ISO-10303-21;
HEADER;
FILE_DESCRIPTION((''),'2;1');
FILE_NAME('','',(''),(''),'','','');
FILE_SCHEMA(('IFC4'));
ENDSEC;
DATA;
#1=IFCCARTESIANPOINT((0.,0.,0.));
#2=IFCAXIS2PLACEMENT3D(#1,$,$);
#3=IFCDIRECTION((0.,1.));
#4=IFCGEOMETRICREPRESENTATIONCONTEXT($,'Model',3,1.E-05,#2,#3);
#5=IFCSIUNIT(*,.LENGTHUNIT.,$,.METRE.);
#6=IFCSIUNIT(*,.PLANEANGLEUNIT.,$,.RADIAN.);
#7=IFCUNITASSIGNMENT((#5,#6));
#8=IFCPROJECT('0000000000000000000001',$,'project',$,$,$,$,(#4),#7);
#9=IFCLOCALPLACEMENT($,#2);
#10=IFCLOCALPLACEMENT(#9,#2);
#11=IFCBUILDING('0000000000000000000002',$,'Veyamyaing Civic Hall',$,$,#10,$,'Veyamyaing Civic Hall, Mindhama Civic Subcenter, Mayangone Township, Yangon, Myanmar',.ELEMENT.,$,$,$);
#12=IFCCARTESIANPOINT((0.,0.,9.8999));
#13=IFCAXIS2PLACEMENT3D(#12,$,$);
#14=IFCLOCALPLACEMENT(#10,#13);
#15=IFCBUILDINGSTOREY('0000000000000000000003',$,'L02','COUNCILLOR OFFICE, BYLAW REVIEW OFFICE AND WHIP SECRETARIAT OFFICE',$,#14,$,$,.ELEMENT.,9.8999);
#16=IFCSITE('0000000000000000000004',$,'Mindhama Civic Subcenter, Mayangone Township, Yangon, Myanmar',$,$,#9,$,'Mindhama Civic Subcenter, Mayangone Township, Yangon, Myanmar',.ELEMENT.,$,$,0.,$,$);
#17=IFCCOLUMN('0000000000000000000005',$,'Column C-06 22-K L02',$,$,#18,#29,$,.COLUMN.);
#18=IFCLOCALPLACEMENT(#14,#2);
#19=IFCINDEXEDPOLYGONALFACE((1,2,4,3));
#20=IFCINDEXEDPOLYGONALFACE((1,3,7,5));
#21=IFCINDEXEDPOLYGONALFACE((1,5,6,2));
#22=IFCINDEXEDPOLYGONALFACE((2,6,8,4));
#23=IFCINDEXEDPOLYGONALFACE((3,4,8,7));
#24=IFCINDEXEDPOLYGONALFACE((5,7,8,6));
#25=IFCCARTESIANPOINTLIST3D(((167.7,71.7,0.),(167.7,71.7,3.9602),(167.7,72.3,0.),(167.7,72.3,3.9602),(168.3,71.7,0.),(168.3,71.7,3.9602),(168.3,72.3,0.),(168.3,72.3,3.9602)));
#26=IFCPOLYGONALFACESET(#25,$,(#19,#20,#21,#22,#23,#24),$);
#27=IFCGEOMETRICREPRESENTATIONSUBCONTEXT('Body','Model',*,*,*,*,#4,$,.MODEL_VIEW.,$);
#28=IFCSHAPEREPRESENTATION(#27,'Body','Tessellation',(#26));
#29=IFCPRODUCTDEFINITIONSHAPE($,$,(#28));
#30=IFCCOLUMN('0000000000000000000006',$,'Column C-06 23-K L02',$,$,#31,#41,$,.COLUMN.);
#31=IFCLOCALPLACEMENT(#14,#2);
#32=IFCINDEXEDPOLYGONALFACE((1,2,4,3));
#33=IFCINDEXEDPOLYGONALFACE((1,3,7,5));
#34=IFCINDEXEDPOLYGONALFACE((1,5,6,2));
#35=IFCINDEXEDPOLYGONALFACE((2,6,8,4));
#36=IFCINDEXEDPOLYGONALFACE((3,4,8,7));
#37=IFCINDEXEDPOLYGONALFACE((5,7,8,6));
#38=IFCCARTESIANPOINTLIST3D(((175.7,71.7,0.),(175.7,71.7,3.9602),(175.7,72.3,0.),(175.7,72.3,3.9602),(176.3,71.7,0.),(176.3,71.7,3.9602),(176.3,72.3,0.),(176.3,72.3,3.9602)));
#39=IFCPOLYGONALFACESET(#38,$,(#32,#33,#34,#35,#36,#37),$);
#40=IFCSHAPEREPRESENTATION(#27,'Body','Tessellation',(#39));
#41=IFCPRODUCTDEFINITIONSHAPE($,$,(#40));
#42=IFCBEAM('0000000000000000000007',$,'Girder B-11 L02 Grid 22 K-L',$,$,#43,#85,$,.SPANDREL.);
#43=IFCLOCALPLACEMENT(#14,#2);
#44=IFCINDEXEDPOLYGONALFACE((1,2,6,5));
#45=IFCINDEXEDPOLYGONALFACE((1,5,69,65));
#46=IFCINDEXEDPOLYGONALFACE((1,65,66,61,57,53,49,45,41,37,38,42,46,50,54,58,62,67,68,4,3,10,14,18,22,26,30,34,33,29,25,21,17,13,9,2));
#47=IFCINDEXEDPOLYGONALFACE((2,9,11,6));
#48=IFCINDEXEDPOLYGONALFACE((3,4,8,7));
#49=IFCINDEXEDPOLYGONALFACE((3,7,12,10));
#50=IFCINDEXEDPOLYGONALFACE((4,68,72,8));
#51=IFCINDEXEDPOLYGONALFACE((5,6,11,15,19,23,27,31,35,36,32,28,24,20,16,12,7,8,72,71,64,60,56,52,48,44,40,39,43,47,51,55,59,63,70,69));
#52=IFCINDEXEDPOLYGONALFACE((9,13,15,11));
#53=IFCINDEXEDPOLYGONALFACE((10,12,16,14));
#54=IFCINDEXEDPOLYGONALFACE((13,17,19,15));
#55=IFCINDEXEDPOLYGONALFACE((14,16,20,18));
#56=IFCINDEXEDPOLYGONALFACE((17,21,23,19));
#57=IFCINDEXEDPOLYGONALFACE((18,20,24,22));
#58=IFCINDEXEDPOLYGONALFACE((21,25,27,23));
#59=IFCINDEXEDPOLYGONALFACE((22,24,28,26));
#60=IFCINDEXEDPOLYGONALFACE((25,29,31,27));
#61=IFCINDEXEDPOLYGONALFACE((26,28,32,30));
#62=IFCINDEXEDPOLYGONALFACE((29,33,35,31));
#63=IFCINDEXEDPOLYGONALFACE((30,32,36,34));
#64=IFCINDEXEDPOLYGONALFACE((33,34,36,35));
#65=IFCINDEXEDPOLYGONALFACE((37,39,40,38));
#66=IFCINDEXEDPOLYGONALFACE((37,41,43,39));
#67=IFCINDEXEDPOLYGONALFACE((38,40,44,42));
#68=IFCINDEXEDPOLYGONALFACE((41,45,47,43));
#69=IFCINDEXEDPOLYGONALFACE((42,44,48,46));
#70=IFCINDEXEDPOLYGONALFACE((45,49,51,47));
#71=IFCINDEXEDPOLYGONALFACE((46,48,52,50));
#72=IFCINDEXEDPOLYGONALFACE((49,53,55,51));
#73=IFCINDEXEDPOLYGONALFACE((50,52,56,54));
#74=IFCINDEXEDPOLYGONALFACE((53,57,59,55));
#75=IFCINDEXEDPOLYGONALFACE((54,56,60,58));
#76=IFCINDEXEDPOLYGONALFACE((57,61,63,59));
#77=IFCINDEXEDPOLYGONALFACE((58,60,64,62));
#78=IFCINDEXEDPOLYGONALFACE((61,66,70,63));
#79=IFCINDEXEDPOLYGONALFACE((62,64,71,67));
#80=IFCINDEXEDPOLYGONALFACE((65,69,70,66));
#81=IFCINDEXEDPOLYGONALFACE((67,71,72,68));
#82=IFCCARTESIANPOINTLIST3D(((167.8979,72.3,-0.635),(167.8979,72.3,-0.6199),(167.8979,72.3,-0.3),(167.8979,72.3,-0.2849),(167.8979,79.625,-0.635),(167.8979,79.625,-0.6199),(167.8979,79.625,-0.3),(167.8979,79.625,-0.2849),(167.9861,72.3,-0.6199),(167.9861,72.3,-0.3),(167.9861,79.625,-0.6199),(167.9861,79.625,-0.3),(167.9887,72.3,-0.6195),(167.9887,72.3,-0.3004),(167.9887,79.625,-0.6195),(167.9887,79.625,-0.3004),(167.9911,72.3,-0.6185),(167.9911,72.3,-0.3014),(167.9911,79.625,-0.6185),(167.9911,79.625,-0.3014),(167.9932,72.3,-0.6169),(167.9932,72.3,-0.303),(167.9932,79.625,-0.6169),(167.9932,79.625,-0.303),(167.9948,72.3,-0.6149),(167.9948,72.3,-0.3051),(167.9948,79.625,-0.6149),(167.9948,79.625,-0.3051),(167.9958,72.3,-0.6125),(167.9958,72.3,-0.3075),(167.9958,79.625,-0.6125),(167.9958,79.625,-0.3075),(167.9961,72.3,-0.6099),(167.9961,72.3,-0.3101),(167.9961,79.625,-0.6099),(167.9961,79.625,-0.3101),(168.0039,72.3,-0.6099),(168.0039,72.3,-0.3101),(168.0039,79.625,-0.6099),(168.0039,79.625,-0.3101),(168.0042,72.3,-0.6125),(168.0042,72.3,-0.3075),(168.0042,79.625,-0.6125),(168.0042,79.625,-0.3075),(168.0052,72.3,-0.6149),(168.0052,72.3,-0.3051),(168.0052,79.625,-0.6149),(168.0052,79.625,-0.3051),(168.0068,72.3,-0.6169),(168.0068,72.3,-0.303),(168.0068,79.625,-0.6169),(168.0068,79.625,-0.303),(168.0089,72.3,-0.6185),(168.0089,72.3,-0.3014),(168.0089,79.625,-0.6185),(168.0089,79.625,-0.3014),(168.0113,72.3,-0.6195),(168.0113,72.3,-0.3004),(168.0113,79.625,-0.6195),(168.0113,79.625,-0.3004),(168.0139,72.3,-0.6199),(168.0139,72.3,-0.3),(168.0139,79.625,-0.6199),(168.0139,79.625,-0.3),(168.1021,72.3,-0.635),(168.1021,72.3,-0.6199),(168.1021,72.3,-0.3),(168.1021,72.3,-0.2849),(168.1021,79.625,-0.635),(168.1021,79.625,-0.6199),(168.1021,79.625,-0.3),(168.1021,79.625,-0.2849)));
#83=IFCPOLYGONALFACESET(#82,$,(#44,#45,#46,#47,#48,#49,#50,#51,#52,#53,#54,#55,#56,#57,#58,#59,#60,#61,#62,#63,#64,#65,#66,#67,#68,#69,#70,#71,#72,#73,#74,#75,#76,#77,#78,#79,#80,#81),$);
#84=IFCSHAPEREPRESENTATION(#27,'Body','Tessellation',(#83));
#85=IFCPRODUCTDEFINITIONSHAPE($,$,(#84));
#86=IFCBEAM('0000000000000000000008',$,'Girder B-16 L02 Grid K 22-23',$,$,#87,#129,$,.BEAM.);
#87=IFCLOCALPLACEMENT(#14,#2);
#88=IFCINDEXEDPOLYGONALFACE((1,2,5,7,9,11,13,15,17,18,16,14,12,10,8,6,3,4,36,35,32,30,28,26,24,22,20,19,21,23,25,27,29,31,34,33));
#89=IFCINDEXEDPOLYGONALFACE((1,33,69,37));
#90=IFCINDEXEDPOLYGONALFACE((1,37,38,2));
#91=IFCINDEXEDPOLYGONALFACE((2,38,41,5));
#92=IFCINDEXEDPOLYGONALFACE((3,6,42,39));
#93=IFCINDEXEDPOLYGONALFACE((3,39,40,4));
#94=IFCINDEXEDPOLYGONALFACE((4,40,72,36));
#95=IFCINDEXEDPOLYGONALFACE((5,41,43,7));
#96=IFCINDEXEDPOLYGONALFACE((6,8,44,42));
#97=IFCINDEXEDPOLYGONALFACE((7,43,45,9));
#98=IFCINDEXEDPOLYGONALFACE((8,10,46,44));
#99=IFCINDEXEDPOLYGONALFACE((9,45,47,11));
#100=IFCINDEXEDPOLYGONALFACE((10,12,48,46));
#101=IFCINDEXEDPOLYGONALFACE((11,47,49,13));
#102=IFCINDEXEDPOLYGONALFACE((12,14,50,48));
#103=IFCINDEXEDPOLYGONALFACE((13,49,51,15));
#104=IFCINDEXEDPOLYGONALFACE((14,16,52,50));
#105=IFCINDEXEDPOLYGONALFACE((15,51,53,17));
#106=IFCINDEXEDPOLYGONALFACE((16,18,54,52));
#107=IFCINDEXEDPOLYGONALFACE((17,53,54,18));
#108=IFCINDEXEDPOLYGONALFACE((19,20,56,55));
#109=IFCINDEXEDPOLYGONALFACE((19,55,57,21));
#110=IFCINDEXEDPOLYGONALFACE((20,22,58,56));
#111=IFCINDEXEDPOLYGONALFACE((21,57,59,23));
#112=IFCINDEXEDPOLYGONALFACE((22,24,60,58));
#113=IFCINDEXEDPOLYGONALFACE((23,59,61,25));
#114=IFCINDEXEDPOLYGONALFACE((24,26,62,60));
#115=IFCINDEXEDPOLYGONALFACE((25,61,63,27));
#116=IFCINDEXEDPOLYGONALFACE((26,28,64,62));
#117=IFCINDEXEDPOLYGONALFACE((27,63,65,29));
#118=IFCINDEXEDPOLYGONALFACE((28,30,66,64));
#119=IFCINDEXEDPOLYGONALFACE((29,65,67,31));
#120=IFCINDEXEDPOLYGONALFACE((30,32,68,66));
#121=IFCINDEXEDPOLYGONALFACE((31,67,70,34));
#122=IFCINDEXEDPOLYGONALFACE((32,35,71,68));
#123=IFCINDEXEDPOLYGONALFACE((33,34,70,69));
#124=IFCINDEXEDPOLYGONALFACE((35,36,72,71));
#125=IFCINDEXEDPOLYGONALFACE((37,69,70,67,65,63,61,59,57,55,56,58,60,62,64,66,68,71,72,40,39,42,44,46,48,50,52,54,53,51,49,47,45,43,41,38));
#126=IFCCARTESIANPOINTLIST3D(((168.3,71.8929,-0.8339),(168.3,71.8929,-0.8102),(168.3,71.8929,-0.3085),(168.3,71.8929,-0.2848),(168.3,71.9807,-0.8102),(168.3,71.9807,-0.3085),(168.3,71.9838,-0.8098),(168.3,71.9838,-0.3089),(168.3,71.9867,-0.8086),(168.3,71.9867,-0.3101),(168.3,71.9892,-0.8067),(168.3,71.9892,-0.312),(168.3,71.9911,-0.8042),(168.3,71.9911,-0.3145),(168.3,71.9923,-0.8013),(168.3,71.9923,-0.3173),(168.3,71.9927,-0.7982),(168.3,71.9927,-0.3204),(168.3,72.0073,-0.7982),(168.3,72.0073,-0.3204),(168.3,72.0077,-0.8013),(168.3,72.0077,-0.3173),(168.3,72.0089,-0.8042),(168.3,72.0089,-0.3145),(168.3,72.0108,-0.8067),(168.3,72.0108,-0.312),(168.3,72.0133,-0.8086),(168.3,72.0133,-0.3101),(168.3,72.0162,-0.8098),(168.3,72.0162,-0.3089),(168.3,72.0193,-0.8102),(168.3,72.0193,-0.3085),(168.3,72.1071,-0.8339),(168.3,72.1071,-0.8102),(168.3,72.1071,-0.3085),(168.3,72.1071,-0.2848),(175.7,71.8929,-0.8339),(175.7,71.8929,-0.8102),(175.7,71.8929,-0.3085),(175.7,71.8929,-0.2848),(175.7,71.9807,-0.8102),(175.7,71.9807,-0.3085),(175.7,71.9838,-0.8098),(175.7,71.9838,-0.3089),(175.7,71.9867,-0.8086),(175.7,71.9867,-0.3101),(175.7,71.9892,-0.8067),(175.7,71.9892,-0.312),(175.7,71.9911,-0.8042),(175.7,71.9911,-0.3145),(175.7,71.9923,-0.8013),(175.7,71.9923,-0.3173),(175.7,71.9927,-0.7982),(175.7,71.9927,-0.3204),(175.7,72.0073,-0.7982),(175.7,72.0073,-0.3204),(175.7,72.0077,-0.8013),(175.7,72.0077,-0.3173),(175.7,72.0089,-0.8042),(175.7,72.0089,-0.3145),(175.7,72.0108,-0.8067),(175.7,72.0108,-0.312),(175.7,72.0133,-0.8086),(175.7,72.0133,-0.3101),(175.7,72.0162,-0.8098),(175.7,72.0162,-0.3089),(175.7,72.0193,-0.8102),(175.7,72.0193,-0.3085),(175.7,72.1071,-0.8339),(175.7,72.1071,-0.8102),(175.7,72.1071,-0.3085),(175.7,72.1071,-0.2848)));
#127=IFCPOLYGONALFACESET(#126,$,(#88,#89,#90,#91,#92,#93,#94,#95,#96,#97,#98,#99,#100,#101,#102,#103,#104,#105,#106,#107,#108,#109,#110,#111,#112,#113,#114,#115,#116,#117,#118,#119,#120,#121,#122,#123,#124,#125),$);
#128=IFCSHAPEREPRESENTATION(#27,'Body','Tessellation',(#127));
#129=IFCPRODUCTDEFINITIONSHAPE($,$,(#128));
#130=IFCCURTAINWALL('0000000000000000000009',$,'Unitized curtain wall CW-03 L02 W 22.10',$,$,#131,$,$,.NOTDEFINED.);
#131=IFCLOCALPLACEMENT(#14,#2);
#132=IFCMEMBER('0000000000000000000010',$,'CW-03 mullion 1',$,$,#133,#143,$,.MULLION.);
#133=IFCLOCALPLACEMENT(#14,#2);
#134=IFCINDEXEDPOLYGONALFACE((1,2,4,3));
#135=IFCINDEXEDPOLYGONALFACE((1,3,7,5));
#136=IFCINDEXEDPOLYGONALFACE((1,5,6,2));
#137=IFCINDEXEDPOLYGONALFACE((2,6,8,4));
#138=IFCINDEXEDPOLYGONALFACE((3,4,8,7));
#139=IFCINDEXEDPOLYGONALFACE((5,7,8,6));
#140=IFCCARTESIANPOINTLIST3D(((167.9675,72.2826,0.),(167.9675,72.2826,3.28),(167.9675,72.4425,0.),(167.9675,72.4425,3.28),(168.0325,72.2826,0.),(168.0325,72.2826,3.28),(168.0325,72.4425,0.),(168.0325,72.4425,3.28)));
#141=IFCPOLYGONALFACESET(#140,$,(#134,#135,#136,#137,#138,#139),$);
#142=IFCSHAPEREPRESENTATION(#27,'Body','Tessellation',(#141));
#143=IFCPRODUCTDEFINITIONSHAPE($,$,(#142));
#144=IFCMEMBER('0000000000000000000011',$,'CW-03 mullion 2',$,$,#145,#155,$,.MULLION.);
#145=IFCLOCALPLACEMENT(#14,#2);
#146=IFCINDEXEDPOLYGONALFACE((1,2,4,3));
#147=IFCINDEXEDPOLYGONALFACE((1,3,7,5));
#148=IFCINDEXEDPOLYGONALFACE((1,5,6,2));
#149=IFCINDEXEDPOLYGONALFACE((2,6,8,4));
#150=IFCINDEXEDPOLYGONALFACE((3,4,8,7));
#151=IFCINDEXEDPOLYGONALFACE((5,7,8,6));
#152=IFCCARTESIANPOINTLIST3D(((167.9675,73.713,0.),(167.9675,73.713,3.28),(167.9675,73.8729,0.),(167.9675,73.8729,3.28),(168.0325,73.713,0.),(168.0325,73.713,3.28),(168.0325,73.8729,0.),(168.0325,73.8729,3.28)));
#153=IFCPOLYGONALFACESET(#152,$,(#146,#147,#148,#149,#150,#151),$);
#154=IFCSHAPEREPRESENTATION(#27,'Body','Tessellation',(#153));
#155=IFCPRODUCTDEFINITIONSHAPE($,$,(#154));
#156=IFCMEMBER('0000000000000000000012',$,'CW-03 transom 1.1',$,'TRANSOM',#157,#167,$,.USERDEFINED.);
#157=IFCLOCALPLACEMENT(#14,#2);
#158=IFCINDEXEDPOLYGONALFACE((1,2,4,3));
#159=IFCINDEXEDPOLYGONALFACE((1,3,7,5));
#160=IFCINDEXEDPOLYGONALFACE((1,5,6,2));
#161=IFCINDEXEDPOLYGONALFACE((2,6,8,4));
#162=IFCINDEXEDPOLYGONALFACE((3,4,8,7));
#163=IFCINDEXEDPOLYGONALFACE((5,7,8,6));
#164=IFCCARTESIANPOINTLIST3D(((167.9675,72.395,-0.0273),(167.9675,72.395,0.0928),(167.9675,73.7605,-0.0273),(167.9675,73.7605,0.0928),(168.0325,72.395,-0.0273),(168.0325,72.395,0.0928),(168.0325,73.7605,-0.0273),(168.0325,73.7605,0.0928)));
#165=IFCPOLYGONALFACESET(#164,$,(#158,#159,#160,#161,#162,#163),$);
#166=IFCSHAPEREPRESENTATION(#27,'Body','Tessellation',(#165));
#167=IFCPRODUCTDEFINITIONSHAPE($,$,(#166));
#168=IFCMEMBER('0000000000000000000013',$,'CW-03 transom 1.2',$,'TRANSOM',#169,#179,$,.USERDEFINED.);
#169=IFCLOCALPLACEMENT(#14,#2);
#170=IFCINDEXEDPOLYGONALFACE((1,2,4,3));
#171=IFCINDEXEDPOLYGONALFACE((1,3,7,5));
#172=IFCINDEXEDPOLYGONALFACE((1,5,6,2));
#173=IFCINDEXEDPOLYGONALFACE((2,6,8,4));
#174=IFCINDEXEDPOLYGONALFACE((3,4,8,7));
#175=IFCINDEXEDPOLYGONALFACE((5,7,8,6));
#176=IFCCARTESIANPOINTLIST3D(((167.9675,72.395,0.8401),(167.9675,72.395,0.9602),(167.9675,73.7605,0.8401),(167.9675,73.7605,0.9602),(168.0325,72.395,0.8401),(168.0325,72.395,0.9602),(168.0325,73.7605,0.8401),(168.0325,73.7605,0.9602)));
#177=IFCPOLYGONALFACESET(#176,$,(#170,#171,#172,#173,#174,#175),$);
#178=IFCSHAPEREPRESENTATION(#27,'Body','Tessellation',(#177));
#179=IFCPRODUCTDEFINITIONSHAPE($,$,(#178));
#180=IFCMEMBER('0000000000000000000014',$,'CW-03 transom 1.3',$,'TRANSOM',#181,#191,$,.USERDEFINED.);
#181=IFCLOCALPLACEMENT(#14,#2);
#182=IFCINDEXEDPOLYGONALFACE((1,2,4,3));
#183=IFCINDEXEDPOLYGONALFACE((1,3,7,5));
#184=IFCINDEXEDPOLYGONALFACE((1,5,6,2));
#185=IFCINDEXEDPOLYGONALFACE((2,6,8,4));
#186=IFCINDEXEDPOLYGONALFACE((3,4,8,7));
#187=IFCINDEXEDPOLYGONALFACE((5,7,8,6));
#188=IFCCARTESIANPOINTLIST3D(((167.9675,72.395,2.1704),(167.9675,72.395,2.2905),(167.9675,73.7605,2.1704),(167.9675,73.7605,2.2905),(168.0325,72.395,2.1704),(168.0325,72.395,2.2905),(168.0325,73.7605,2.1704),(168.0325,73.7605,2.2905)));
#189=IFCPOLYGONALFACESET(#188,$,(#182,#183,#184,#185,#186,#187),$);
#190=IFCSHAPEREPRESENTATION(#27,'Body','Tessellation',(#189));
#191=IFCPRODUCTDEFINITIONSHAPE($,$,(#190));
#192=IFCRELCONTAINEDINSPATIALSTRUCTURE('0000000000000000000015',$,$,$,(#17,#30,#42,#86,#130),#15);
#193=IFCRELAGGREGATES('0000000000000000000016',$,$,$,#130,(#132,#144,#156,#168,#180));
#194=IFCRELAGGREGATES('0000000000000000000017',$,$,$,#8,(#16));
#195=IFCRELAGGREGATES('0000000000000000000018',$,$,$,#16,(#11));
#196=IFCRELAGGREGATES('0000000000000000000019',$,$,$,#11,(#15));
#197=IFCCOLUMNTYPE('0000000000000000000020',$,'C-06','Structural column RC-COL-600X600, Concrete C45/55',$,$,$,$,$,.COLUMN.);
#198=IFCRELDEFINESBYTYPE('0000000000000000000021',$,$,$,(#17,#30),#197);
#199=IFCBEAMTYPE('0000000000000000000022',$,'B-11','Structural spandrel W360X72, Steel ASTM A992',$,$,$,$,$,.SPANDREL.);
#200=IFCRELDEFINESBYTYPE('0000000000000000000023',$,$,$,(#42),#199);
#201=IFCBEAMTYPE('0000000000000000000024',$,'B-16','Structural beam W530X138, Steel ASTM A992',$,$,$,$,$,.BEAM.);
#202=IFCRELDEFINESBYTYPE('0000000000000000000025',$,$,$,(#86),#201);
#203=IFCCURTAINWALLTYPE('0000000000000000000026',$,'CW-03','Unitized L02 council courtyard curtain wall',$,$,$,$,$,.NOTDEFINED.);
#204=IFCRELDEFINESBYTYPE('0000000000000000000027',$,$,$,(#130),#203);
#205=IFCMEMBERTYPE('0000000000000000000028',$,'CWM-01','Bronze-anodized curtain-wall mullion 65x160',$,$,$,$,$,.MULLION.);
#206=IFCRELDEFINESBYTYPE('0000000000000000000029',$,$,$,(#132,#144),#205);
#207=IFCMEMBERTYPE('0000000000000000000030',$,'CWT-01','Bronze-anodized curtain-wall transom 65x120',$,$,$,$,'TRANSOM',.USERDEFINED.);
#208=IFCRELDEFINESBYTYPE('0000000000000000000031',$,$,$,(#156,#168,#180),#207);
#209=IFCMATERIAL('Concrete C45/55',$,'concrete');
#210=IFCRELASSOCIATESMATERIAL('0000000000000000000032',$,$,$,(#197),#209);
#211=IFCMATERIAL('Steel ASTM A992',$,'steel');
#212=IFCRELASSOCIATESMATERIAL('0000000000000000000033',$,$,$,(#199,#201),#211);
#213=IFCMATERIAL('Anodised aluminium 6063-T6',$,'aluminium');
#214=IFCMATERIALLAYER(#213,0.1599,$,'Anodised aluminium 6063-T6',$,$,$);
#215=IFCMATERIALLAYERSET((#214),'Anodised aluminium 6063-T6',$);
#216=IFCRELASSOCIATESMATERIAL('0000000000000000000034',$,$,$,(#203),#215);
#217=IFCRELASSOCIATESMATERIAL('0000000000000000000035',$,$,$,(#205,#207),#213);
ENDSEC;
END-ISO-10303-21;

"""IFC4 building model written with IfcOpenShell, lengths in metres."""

from ifc_helpers import new_model, si_unit, direction, frame, origin, origin_2d, place, context, subcontext, project, spatial, rectangle, i_section, extrude, material, layer, layer_set, material_profile, profile_set, type_object, element, aggregate, save


model = new_model("IFC4")

# Units and contexts
model_context = context("Model", 3, precision=1e-05, world=origin(), true_north=direction((0.0, 1.0)))
body_context = subcontext(model_context, "Body", "Model", "MODEL_VIEW")
ifc_project = project(units=[si_unit("LENGTHUNIT", "METRE"), si_unit("PLANEANGLEUNIT", "RADIAN")], contexts=[model_context])

# Site, building, storey
site_placement = place(None, origin())
site = spatial("IfcSite", under=ifc_project, at=site_placement, Name="Mindhama Civic Subcenter, Mayangone Township, Yangon, Myanmar", LongName="Mindhama Civic Subcenter, Mayangone Township, Yangon, Myanmar", CompositionType="ELEMENT", RefElevation=0.0)
building_placement = place(site_placement, origin())
building = spatial("IfcBuilding", under=site, at=building_placement, Name="Veyamyaing Civic Hall", LongName="Veyamyaing Civic Hall, Mindhama Civic Subcenter, Mayangone Township, Yangon, Myanmar", CompositionType="ELEMENT")
storey_placement = place(building_placement, frame((0.0, 0.0, 9.8999)))
storey = spatial("IfcBuildingStorey", under=building, at=storey_placement, Name="L02", Description="COUNCILLOR OFFICE, BYLAW REVIEW OFFICE AND WHIP SECRETARIAT OFFICE", CompositionType="ELEMENT", Elevation=9.8999)

# Columns
ifc_material_1 = material(Name="Concrete C45/55", Category="concrete")
ifc_material_profile_1 = material_profile(ifc_material_1, rectangle(XDim=0.6001, YDim=0.6001, at=origin_2d()), Name="RC-COL-600X600")
ifc_profile_set_1 = profile_set([ifc_material_profile_1], Name="Concrete C45/55")
column_type = type_object("IfcColumnType", Name="C-06", Description="Structural column RC-COL-600X600, Concrete C45/55", PredefinedType="COLUMN", material=ifc_profile_set_1)
for number, where, z_axis, x_axis, name in (
    (1, (168.0, 72.0, 0.0), (0.0, 0.0, 1.0), (1.0, 0.0, 0.0), "Column C-06 22-K L02"),
    (2, (176.0, 72.0, 0.0), (0.0, 0.0, 1.0), (1.0, 0.0, 0.0), "Column C-06 23-K L02"),
):
    element("IfcColumn", number, at=place(storey_placement, frame(where, z_axis=z_axis, x_axis=x_axis)), inside=storey, type_object=column_type, Name=name, PredefinedType="COLUMN", context=body_context, shape_type="SweptSolid", body=[
        extrude(rectangle(XDim=0.6001, YDim=0.6001, at=origin_2d()), origin(), (0.0, 0.0, 1.0), 3.9602),
    ])

# Beams
ifc_material_2 = material(Name="Steel ASTM A992", Category="steel")
ifc_material_profile_2 = material_profile(ifc_material_2, i_section(OverallWidth=0.2041, OverallDepth=0.3501, WebThickness=0.0078, FlangeThickness=0.0151, FilletRadius=0.01, at=origin_2d()), Name="W360X72")
ifc_profile_set_2 = profile_set([ifc_material_profile_2], Name="Steel ASTM A992")
beam_type_1 = type_object("IfcBeamType", Name="B-11", Description="Structural spandrel W360X72, Steel ASTM A992", PredefinedType="SPANDREL", material=ifc_profile_set_2)
beam_1_placement = place(storey_placement, frame((168.0, 72.3, -0.46), z_axis=(0.0, 1.0, 0.0), x_axis=(-1.0, 0.0, 0.0)))
element("IfcBeam", 3, at=beam_1_placement, inside=storey, type_object=beam_type_1, Name="Girder B-11 L02 Grid 22 K-L", PredefinedType="SPANDREL", context=body_context, shape_type="SweptSolid", body=[
    extrude(i_section(OverallWidth=0.2041, OverallDepth=0.3501, WebThickness=0.0078, FlangeThickness=0.0151, FilletRadius=0.01, at=origin_2d()), origin(), (0.0, 0.0, 1.0), 7.325),
])
ifc_material_profile_3 = material_profile(ifc_material_2, i_section(OverallWidth=0.2141, OverallDepth=0.5491, WebThickness=0.0146, FlangeThickness=0.0237, FilletRadius=0.012, at=origin_2d()), Name="W530X138")
ifc_profile_set_3 = profile_set([ifc_material_profile_3], Name="Steel ASTM A992")
beam_type_2 = type_object("IfcBeamType", Name="B-16", Description="Structural beam W530X138, Steel ASTM A992", PredefinedType="BEAM", material=ifc_profile_set_3)
beam_2_placement = place(storey_placement, frame((168.3, 72.0, -0.5593), z_axis=(1.0, 0.0, 0.0), x_axis=(0.0, 1.0, 0.0)))
element("IfcBeam", 4, at=beam_2_placement, inside=storey, type_object=beam_type_2, Name="Girder B-16 L02 Grid K 22-23", PredefinedType="BEAM", context=body_context, shape_type="SweptSolid", body=[
    extrude(i_section(OverallWidth=0.2141, OverallDepth=0.5491, WebThickness=0.0146, FlangeThickness=0.0237, FilletRadius=0.012, at=origin_2d()), origin(), (0.0, 0.0, 1.0), 7.3999),
])

# Curtain wall, members
ifc_material_3 = material(Name="Anodised aluminium 6063-T6", Category="aluminium")
ifc_layer_1 = layer(ifc_material_3, 0.1599, Name="Anodised aluminium 6063-T6")
ifc_layer_set_1 = layer_set([ifc_layer_1], Name="Anodised aluminium 6063-T6")
curtain_wall_type = type_object("IfcCurtainWallType", Name="CW-03", Description="Unitized L02 council courtyard curtain wall", PredefinedType="NOTDEFINED", material=ifc_layer_set_1)
curtain_wall_placement = place(storey_placement, origin())
curtain_wall = element("IfcCurtainWall", 5, at=curtain_wall_placement, inside=storey, type_object=curtain_wall_type, Name="Unitized curtain wall CW-03 L02 W 22.10", PredefinedType="NOTDEFINED")
ifc_material_profile_4 = material_profile(ifc_material_3, rectangle(XDim=0.0649, YDim=0.1599, at=origin_2d()), Name="ALU-MUL-65X160")
ifc_profile_set_4 = profile_set([ifc_material_profile_4], Name="Anodised aluminium 6063-T6")
member_type_1 = type_object("IfcMemberType", Name="CWM-01", Description="Bronze-anodized curtain-wall mullion 65x160", PredefinedType="MULLION", material=ifc_profile_set_4)
member_1_placement = place(storey_placement, frame((168.0, 72.3625, 0.0), z_axis=(0.0, 0.0, 1.0), x_axis=(-1.0, 0.0, 0.0)))
member_1 = element("IfcMember", 6, at=member_1_placement, type_object=member_type_1, Name="CW-03 mullion 1", PredefinedType="MULLION", context=body_context, shape_type="SweptSolid", body=[
    extrude(rectangle(XDim=0.0649, YDim=0.1599, at=origin_2d()), origin(), (0.0, 0.0, 1.0), 3.28),
])
member_2_placement = place(storey_placement, frame((168.0, 73.793, 0.0), z_axis=(0.0, 0.0, 1.0), x_axis=(-1.0, 0.0, 0.0)))
member_2 = element("IfcMember", 7, at=member_2_placement, type_object=member_type_1, Name="CW-03 mullion 2", PredefinedType="MULLION", context=body_context, shape_type="SweptSolid", body=[
    extrude(rectangle(XDim=0.0649, YDim=0.1599, at=origin_2d()), origin(), (0.0, 0.0, 1.0), 3.28),
])
ifc_material_profile_5 = material_profile(ifc_material_3, rectangle(XDim=0.0649, YDim=0.1201, at=origin_2d()), Name="ALU-TRN-65X120")
ifc_profile_set_5 = profile_set([ifc_material_profile_5], Name="Anodised aluminium 6063-T6")
member_type_2 = type_object("IfcMemberType", Name="CWT-01", Description="Bronze-anodized curtain-wall transom 65x120", ElementType="TRANSOM", PredefinedType="USERDEFINED", material=ifc_profile_set_5)
member_3_placement = place(storey_placement, frame((168.0, 72.395, 0.0327), z_axis=(0.0, 1.0, 0.0), x_axis=(-1.0, 0.0, 0.0)))
member_3 = element("IfcMember", 8, at=member_3_placement, type_object=member_type_2, Name="CW-03 transom 1.1", ObjectType="TRANSOM", PredefinedType="USERDEFINED", context=body_context, shape_type="SweptSolid", body=[
    extrude(rectangle(XDim=0.0649, YDim=0.1201, at=origin_2d()), origin(), (0.0, 0.0, 1.0), 1.3655),
])
member_4_placement = place(storey_placement, frame((168.0, 72.395, 0.9001), z_axis=(0.0, 1.0, 0.0), x_axis=(-1.0, 0.0, 0.0)))
member_4 = element("IfcMember", 9, at=member_4_placement, type_object=member_type_2, Name="CW-03 transom 1.2", ObjectType="TRANSOM", PredefinedType="USERDEFINED", context=body_context, shape_type="SweptSolid", body=[
    extrude(rectangle(XDim=0.0649, YDim=0.1201, at=origin_2d()), origin(), (0.0, 0.0, 1.0), 1.3655),
])
member_5_placement = place(storey_placement, frame((168.0, 72.395, 2.2305), z_axis=(0.0, 1.0, 0.0), x_axis=(-1.0, 0.0, 0.0)))
member_5 = element("IfcMember", 10, at=member_5_placement, type_object=member_type_2, Name="CW-03 transom 1.3", ObjectType="TRANSOM", PredefinedType="USERDEFINED", context=body_context, shape_type="SweptSolid", body=[
    extrude(rectangle(XDim=0.0649, YDim=0.1201, at=origin_2d()), origin(), (0.0, 0.0, 1.0), 1.3655),
])

aggregate(curtain_wall, [member_1, member_2, member_3, member_4, member_5])

save(model, "model.ifc")
